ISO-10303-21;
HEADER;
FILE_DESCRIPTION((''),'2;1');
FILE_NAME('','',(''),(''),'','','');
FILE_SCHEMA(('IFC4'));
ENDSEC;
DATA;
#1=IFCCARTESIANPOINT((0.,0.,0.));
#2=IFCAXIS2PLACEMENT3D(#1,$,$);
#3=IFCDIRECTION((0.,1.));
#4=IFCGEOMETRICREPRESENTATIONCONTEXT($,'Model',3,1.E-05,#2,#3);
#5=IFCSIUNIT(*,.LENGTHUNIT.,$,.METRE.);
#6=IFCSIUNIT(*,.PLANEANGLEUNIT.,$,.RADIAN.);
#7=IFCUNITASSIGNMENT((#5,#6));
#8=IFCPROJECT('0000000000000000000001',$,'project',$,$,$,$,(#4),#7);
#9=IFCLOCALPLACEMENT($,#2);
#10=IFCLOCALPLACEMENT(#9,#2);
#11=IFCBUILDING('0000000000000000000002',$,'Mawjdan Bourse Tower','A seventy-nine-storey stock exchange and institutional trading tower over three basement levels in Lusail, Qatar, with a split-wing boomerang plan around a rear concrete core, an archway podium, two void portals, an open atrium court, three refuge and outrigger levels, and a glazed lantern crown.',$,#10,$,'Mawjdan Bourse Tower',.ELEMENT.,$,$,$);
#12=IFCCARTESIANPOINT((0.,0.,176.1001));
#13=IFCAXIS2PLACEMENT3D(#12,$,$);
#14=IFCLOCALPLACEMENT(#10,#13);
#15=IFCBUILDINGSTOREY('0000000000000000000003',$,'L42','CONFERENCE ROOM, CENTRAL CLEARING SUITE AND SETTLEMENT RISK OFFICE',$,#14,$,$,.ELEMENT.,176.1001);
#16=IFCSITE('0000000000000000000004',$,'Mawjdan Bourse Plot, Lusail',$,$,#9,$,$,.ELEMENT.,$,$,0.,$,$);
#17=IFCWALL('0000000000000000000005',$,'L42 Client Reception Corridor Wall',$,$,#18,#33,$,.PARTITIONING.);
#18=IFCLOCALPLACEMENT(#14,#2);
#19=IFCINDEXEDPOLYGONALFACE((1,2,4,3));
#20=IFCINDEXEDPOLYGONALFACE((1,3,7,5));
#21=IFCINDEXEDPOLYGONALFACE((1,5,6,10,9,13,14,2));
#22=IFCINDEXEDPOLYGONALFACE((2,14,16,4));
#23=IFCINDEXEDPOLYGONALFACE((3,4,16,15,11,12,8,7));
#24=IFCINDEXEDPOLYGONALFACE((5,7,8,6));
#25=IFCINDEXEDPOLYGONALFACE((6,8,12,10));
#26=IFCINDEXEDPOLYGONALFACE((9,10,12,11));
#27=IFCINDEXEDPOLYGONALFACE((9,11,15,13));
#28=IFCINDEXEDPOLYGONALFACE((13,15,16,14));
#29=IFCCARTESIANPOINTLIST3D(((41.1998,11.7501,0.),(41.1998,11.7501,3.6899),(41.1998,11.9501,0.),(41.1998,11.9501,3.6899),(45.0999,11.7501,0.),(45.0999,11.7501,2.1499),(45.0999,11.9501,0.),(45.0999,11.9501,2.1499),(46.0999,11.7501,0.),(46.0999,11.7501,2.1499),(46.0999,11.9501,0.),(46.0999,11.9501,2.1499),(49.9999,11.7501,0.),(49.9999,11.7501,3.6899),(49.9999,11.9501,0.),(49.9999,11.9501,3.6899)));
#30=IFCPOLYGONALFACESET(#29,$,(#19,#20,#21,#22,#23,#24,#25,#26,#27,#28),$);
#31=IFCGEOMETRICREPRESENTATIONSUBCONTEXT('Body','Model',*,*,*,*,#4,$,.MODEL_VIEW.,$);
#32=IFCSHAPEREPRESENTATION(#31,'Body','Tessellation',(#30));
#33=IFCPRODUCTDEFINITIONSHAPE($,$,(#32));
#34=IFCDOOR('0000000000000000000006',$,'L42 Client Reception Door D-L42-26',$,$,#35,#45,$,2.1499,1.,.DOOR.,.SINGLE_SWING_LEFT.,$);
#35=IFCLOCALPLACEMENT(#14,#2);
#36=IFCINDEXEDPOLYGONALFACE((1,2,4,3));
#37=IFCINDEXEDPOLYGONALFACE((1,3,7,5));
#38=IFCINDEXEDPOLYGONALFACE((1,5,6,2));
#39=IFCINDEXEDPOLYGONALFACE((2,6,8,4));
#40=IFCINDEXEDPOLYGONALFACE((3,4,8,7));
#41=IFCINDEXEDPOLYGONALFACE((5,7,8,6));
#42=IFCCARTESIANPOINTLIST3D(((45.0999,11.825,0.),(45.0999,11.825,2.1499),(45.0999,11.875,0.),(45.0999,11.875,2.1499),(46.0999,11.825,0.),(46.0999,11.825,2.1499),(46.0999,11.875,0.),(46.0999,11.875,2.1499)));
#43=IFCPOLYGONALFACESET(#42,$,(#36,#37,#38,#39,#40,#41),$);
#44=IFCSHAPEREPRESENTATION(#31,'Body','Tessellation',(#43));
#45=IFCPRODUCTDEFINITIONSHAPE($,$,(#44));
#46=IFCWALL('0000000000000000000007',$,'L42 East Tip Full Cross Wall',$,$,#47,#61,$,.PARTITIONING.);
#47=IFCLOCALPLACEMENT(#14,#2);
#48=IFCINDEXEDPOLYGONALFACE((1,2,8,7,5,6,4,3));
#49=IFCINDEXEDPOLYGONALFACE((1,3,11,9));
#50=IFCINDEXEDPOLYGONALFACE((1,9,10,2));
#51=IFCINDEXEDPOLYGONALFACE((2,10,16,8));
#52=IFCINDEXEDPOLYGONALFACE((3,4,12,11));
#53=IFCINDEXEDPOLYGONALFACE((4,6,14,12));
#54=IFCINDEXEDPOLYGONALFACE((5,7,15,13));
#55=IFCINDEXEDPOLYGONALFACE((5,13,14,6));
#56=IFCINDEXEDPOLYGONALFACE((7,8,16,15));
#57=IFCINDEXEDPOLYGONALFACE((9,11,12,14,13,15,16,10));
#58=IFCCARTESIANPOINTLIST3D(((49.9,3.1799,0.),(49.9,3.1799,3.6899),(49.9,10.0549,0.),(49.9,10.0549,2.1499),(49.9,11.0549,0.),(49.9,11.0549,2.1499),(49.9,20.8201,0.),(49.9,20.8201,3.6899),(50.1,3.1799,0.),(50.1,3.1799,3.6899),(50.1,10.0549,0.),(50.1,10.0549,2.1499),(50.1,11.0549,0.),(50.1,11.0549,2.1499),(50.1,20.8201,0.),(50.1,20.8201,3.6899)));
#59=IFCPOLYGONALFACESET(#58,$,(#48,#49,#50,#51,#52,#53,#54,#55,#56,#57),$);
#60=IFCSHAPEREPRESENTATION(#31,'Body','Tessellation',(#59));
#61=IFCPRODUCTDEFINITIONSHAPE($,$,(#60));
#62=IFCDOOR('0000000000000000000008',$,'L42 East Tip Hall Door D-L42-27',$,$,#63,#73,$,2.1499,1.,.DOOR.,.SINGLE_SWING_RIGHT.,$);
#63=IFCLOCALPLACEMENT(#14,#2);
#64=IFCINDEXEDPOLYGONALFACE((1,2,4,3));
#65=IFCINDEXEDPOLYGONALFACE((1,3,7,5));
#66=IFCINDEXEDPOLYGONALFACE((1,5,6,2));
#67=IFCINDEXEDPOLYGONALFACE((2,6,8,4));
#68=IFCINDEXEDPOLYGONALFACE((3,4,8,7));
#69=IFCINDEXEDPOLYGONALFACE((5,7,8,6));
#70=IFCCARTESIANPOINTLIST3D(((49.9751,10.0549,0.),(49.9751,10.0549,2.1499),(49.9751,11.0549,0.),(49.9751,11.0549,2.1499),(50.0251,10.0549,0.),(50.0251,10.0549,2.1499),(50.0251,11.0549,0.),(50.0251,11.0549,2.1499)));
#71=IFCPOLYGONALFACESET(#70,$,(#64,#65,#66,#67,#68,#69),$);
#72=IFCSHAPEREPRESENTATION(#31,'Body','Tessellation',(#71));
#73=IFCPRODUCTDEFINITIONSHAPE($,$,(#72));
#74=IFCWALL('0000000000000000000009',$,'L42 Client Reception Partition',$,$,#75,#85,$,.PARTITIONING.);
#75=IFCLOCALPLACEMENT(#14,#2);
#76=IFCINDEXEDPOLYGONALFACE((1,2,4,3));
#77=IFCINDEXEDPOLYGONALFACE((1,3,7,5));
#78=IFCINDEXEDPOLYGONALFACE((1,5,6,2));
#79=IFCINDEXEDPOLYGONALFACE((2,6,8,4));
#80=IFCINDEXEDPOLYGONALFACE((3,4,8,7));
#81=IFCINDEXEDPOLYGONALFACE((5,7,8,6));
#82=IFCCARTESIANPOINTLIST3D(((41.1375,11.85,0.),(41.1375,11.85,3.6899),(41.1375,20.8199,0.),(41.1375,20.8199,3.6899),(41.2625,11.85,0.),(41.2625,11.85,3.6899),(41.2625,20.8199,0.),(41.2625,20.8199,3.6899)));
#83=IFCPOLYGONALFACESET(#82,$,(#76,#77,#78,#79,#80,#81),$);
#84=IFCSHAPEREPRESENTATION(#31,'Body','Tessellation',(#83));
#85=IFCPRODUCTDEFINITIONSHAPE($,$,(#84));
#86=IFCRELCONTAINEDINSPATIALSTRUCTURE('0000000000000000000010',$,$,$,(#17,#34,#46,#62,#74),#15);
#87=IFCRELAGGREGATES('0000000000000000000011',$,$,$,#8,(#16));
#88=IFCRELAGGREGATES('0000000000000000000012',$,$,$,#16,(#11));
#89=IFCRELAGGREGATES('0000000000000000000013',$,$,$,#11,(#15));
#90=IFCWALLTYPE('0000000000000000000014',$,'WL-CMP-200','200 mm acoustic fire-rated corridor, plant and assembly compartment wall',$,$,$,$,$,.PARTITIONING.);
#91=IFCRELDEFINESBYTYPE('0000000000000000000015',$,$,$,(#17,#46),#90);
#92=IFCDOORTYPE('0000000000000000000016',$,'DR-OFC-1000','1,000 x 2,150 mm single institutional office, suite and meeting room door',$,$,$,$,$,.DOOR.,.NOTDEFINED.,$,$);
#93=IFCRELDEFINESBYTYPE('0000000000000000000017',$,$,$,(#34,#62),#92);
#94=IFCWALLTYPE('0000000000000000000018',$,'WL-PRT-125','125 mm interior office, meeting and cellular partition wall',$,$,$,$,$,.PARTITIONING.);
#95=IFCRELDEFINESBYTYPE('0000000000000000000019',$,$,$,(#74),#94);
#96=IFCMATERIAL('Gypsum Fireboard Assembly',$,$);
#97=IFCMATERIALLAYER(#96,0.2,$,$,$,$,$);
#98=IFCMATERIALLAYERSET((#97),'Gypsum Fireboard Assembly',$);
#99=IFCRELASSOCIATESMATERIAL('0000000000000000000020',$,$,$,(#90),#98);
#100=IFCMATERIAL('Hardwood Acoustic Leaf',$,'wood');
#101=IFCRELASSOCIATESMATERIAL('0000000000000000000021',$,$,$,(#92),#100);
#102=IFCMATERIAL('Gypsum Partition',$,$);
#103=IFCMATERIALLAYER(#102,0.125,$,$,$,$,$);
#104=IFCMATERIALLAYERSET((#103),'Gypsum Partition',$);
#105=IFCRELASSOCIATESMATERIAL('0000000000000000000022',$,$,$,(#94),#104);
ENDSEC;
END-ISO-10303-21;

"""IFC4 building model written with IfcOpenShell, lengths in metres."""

from ifc_helpers import new_model, si_unit, direction, frame, frame_2d, origin, place, context, subcontext, project, spatial, rectangle, extrude, material, layer, layer_set, type_object, element, fill, save


model = new_model("IFC4")

# Units and contexts
model_context = context("Model", 3, precision=1e-05, world=origin(), true_north=direction((0.0, 1.0)))
body_context = subcontext(model_context, "Body", "Model", "MODEL_VIEW")
ifc_project = project(units=[si_unit("LENGTHUNIT", "METRE"), si_unit("PLANEANGLEUNIT", "RADIAN")], contexts=[model_context])

# Site, building, storey
site_placement = place(None, origin())
site = spatial("IfcSite", under=ifc_project, at=site_placement, Name="Mawjdan Bourse Plot, Lusail", CompositionType="ELEMENT", RefElevation=0.0)
building_placement = place(site_placement, origin())
building = spatial("IfcBuilding", under=site, at=building_placement, Name="Mawjdan Bourse Tower", Description="A seventy-nine-storey stock exchange and institutional trading tower over three basement levels in Lusail, Qatar, with a split-wing boomerang plan around a rear concrete core, an archway podium, two void portals, an open atrium court, three refuge and outrigger levels, and a glazed lantern crown.", LongName="Mawjdan Bourse Tower", CompositionType="ELEMENT")
storey_placement = place(building_placement, frame((0.0, 0.0, 176.1001)))
storey = spatial("IfcBuildingStorey", under=building, at=storey_placement, Name="L42", Description="CONFERENCE ROOM, CENTRAL CLEARING SUITE AND SETTLEMENT RISK OFFICE", CompositionType="ELEMENT", Elevation=176.1001)

# Walls, openings, doors
ifc_material_1 = material(Name="Gypsum Fireboard Assembly")
ifc_layer_1 = layer(ifc_material_1, 0.2)
ifc_layer_set_1 = layer_set([ifc_layer_1], Name="Gypsum Fireboard Assembly")
wall_type_1 = type_object("IfcWallType", Name="WL-CMP-200", Description="200 mm acoustic fire-rated corridor, plant and assembly compartment wall", PredefinedType="PARTITIONING", material=ifc_layer_set_1)
wall_1_placement = place(storey_placement, frame((41.2, 11.8501, 0.0), z_axis=(0.0, 0.0, 1.0), x_axis=(1.0, 0.0, 0.0)))
wall_1 = element("IfcWall", 1, at=wall_1_placement, inside=storey, type_object=wall_type_1, Name="L42 Client Reception Corridor Wall", PredefinedType="PARTITIONING", context=body_context, shape_type="SweptSolid", body=[
    extrude(rectangle(XDim=8.8, YDim=0.2, at=frame_2d((4.3999, 0.0))), origin(), (0.0, 0.0, 1.0), 3.6899),
])
opening_1_placement = place(wall_1_placement, frame((3.8999, 0.0, 0.0)))
opening_1 = element("IfcOpeningElement", 2, at=opening_1_placement, cuts=wall_1, PredefinedType="OPENING", context=body_context, shape_type="SweptSolid", body=[
    extrude(rectangle(XDim=1.0, YDim=2.1499, at=frame_2d((0.5, 1.075))), frame((0.0, 0.1099, 0.0), z_axis=(0.0, -1.0, 0.0), x_axis=(1.0, 0.0, 0.0)), (0.0, 0.0, 1.0), 0.22),
])
ifc_material_2 = material(Name="Hardwood Acoustic Leaf", Category="wood")
door_type_1 = type_object("IfcDoorType", Name="DR-OFC-1000", Description="1,000 x 2,150 mm single institutional office, suite and meeting room door", OperationType="NOTDEFINED", PredefinedType="DOOR", material=ifc_material_2)
door_1_placement = place(opening_1_placement, origin())
door_1 = element("IfcDoor", 3, at=door_1_placement, inside=storey, type_object=door_type_1, Name="L42 Client Reception Door D-L42-26", OperationType="SINGLE_SWING_LEFT", OverallHeight=2.1499, OverallWidth=1.0, PredefinedType="DOOR", context=body_context, shape_type="SweptSolid", body=[
    extrude(rectangle(XDim=1.0, YDim=2.1499, at=frame_2d((0.5, 1.075))), frame((0.0, 0.0249, 0.0), z_axis=(0.0, -1.0, 0.0), x_axis=(1.0, 0.0, 0.0)), (0.0, 0.0, 1.0), 0.05),
])
fill(opening_1, door_1)
wall_2_placement = place(storey_placement, frame((50.0, 3.1799, 0.0), z_axis=(0.0, 0.0, 1.0), x_axis=(0.0, 1.0, 0.0)))
wall_2 = element("IfcWall", 4, at=wall_2_placement, inside=storey, type_object=wall_type_1, Name="L42 East Tip Full Cross Wall", PredefinedType="PARTITIONING", context=body_context, shape_type="SweptSolid", body=[
    extrude(rectangle(XDim=17.6401, YDim=0.2, at=frame_2d((8.8201, 0.0))), origin(), (0.0, 0.0, 1.0), 3.6899),
])
opening_2_placement = place(wall_2_placement, frame((6.875, 0.0, 0.0)))
opening_2 = element("IfcOpeningElement", 5, at=opening_2_placement, cuts=wall_2, PredefinedType="OPENING", context=body_context, shape_type="SweptSolid", body=[
    extrude(rectangle(XDim=1.0, YDim=2.1499, at=frame_2d((0.5, 1.075))), frame((0.0, 0.1099, 0.0), z_axis=(0.0, -1.0, 0.0), x_axis=(1.0, 0.0, 0.0)), (0.0, 0.0, 1.0), 0.22),
])
door_2_placement = place(opening_2_placement, origin())
door_2 = element("IfcDoor", 6, at=door_2_placement, inside=storey, type_object=door_type_1, Name="L42 East Tip Hall Door D-L42-27", OperationType="SINGLE_SWING_RIGHT", OverallHeight=2.1499, OverallWidth=1.0, PredefinedType="DOOR", context=body_context, shape_type="SweptSolid", body=[
    extrude(rectangle(XDim=1.0, YDim=2.1499, at=frame_2d((0.5, 1.075))), frame((0.0, 0.0249, 0.0), z_axis=(0.0, -1.0, 0.0), x_axis=(1.0, 0.0, 0.0)), (0.0, 0.0, 1.0), 0.05),
])
fill(opening_2, door_2)

# Wall
ifc_material_3 = material(Name="Gypsum Partition")
ifc_layer_2 = layer(ifc_material_3, 0.125)
ifc_layer_set_2 = layer_set([ifc_layer_2], Name="Gypsum Partition")
wall_type_2 = type_object("IfcWallType", Name="WL-PRT-125", Description="125 mm interior office, meeting and cellular partition wall", PredefinedType="PARTITIONING", material=ifc_layer_set_2)
wall_3_placement = place(storey_placement, frame((41.2, 11.8501, 0.0), z_axis=(0.0, 0.0, 1.0), x_axis=(0.0, 1.0, 0.0)))
element("IfcWall", 7, at=wall_3_placement, inside=storey, type_object=wall_type_2, Name="L42 Client Reception Partition", PredefinedType="PARTITIONING", context=body_context, shape_type="SweptSolid", body=[
    extrude(rectangle(XDim=8.97, YDim=0.125, at=frame_2d((4.4849, 0.0))), origin(), (0.0, 0.0, 1.0), 3.6899),
])

save(model, "model.ifc")
